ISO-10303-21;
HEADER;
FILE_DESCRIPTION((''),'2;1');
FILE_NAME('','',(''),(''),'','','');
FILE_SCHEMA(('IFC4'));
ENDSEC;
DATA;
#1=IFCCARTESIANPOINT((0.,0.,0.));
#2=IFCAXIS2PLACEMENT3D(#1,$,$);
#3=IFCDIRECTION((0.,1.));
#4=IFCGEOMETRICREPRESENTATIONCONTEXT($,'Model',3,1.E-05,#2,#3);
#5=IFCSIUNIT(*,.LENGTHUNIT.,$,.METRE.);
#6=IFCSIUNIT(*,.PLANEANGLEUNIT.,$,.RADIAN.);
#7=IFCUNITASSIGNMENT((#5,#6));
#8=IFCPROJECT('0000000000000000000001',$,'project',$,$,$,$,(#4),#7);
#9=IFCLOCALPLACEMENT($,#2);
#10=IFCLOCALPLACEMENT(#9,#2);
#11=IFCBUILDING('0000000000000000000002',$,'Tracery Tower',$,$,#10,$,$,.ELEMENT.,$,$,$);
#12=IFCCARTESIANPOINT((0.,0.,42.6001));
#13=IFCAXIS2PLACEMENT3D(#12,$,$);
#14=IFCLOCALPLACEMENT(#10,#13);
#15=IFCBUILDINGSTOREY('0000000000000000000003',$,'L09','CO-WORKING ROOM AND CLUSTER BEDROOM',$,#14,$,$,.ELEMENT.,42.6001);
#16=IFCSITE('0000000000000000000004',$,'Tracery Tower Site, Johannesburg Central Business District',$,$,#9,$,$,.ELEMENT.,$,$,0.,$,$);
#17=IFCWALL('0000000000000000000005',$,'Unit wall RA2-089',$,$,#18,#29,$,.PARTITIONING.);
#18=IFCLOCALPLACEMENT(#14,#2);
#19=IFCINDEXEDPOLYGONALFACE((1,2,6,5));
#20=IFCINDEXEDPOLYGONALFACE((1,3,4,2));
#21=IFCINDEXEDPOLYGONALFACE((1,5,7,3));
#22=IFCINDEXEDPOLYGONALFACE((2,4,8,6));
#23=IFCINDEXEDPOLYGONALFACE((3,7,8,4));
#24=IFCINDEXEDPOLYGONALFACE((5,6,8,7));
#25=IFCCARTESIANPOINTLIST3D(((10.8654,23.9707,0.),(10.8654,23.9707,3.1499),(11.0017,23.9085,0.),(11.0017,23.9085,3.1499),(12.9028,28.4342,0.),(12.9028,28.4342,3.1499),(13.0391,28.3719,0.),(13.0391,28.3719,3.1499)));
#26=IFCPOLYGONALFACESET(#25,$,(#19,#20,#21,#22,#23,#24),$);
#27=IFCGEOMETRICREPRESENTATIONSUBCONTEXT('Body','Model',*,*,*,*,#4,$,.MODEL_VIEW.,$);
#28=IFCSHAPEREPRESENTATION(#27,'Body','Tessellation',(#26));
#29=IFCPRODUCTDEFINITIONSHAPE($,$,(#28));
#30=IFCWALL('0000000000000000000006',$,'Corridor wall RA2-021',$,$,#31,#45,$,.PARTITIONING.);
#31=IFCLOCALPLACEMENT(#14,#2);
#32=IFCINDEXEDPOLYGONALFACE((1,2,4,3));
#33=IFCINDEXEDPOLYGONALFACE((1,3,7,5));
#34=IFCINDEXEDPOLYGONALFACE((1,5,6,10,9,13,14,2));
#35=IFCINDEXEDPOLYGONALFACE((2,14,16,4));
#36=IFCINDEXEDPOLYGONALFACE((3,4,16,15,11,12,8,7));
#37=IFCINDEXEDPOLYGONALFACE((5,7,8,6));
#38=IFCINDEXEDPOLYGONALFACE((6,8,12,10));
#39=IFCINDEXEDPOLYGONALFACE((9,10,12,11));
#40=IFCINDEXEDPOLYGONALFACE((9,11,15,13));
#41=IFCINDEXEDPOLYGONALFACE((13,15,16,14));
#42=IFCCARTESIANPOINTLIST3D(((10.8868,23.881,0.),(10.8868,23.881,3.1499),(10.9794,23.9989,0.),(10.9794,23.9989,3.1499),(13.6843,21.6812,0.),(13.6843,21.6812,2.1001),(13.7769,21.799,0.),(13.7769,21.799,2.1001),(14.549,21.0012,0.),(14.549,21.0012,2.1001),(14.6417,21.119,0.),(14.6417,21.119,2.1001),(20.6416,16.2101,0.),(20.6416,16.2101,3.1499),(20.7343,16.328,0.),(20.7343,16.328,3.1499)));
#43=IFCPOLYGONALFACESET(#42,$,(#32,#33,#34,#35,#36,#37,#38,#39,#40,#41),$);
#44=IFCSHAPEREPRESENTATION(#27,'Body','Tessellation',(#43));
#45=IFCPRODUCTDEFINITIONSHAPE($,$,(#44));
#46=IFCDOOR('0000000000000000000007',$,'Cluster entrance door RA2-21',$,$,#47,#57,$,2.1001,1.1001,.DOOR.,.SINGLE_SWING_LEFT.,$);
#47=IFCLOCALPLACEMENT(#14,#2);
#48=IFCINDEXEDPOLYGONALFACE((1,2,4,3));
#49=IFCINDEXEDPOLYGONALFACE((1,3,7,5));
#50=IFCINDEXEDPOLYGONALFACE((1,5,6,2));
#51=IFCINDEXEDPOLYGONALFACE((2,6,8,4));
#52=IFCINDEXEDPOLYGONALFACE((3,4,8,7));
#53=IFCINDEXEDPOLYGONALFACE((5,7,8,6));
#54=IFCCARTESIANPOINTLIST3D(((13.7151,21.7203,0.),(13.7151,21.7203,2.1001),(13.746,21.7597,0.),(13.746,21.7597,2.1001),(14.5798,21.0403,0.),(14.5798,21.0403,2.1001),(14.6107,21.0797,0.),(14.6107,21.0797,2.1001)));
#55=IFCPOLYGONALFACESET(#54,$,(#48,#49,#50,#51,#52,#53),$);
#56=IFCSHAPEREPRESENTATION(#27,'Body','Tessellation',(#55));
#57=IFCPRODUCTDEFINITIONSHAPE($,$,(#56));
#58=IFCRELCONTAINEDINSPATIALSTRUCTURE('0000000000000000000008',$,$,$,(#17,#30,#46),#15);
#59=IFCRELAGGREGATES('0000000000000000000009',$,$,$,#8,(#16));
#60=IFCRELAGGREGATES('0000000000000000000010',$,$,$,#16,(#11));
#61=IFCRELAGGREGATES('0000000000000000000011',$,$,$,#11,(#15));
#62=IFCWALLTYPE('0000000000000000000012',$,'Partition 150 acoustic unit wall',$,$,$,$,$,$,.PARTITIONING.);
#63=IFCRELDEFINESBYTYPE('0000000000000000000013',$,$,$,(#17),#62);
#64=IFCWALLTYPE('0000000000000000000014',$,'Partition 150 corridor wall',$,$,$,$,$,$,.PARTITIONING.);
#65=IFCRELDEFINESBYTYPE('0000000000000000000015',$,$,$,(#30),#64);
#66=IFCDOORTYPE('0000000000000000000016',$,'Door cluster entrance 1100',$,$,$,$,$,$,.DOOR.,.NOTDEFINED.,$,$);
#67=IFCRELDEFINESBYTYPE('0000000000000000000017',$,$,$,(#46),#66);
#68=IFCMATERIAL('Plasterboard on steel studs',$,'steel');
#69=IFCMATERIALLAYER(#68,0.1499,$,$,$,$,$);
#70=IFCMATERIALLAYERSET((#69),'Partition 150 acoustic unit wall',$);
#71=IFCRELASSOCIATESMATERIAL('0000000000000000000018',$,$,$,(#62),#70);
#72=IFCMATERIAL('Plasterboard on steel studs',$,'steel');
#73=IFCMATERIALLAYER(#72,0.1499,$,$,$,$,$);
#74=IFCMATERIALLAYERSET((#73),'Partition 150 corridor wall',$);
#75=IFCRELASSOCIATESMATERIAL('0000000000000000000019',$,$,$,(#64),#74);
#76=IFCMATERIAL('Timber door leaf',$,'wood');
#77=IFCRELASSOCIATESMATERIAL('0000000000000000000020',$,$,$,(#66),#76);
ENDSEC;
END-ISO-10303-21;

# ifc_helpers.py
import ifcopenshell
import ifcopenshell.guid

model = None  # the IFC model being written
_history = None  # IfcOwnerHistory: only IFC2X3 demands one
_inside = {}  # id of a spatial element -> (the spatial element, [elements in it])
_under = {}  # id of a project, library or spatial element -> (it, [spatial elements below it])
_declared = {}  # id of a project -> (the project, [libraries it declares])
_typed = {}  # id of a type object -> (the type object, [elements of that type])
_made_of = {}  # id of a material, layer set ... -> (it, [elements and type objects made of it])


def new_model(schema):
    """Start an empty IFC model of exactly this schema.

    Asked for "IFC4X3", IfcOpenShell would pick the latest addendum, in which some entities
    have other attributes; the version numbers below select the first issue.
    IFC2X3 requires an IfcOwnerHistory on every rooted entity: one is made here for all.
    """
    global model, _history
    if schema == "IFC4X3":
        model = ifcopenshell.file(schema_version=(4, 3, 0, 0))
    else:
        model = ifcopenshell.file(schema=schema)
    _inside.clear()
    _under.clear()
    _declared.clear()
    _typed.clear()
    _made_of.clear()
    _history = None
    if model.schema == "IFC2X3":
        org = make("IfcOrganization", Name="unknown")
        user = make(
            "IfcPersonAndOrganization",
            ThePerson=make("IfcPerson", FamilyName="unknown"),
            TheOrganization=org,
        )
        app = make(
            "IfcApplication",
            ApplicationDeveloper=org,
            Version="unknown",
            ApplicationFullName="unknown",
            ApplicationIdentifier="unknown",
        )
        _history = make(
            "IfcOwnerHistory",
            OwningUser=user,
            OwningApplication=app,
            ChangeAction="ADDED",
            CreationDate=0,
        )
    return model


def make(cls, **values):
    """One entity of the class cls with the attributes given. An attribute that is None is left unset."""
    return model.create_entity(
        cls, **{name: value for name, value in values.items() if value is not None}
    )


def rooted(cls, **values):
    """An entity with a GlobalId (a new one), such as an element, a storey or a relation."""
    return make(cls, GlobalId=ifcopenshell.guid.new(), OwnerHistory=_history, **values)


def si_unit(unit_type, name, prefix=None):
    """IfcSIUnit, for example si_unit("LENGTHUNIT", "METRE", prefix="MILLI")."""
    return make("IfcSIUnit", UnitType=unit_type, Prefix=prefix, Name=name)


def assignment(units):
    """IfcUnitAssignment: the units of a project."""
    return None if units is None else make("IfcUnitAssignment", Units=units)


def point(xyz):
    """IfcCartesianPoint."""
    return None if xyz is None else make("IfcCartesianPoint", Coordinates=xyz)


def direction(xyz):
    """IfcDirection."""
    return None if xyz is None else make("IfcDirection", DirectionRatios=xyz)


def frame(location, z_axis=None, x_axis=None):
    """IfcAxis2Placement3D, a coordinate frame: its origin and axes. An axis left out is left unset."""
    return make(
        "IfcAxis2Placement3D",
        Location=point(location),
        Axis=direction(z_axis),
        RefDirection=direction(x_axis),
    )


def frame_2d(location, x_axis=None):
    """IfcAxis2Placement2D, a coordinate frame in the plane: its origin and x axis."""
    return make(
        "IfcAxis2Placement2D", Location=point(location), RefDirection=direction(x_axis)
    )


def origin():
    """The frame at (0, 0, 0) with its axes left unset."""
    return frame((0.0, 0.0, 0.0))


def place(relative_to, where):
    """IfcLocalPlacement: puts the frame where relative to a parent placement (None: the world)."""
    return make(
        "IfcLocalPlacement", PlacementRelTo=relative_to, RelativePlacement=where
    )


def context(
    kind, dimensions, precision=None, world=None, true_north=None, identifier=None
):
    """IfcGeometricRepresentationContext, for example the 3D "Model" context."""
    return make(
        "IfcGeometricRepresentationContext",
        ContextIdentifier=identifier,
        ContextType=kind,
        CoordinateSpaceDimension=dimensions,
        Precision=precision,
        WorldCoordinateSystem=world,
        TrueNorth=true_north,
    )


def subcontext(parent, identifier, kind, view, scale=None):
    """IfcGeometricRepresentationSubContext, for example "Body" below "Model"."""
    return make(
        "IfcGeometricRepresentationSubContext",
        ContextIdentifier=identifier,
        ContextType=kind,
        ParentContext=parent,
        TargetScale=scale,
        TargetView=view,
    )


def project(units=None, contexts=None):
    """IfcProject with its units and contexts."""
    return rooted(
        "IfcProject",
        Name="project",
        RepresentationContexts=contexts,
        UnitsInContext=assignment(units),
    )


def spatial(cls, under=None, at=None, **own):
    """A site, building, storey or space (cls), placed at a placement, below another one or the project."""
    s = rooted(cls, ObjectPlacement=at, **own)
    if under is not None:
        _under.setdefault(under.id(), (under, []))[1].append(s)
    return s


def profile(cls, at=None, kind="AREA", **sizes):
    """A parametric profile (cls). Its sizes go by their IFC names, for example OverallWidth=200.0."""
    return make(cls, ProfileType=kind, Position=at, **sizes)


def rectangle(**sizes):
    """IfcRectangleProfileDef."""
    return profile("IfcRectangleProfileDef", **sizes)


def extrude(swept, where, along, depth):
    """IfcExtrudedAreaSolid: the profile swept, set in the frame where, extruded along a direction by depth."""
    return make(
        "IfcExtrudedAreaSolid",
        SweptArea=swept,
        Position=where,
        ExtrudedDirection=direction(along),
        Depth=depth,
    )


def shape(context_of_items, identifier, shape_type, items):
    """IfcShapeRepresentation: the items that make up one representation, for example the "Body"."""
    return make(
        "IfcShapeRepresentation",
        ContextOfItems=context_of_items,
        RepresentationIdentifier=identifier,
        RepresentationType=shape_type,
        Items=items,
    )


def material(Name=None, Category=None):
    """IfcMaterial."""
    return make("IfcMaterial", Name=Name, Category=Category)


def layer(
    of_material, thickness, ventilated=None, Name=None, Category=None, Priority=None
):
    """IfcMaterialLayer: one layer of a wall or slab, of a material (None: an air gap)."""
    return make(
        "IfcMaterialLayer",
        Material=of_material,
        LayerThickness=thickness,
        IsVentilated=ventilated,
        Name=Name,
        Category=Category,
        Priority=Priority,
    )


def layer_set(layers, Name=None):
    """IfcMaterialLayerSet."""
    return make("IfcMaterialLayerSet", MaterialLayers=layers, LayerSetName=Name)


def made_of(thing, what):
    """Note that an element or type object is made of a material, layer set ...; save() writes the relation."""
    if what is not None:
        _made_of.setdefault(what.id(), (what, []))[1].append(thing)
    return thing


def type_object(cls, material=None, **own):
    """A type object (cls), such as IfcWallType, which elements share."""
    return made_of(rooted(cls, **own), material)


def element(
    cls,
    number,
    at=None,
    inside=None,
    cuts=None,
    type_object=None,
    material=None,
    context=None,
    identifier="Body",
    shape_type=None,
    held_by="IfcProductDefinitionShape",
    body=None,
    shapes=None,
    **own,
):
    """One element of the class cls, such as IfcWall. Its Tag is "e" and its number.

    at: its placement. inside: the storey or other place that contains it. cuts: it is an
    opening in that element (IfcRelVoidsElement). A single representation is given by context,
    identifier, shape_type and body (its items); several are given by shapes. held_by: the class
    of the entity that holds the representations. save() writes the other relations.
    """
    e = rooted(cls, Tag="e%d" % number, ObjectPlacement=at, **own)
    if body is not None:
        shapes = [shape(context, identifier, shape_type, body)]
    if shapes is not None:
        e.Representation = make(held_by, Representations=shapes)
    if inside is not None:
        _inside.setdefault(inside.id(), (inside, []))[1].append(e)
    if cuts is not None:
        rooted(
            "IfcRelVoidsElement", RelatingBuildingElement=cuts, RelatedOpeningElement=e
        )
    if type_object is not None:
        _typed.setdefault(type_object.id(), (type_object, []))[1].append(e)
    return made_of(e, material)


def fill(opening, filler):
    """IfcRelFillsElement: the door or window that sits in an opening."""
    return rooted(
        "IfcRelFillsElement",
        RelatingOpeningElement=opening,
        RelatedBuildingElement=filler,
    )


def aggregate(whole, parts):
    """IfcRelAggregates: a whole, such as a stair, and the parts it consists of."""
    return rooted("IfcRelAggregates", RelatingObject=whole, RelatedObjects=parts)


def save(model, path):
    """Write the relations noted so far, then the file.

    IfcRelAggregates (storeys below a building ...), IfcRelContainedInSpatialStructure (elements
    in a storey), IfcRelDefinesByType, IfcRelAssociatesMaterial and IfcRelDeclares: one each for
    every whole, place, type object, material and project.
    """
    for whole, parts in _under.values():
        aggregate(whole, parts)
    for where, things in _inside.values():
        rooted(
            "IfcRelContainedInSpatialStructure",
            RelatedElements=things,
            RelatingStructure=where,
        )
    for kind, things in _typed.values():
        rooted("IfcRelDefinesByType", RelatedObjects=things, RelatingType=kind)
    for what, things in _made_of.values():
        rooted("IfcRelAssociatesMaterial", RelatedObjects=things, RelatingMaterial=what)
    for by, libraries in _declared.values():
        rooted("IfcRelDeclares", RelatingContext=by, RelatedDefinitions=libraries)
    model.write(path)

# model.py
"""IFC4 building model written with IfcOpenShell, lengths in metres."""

from ifc_helpers import new_model, si_unit, direction, frame, frame_2d, origin, place, context, subcontext, project, spatial, rectangle, extrude, material, layer, layer_set, type_object, element, fill, save


model = new_model("IFC4")

# Units and contexts
model_context = context("Model", 3, precision=1e-05, world=origin(), true_north=direction((0.0, 1.0)))
body_context = subcontext(model_context, "Body", "Model", "MODEL_VIEW")
ifc_project = project(units=[si_unit("LENGTHUNIT", "METRE"), si_unit("PLANEANGLEUNIT", "RADIAN")], contexts=[model_context])

# Site, building, storey
site_placement = place(None, origin())
site = spatial("IfcSite", under=ifc_project, at=site_placement, Name="Tracery Tower Site, Johannesburg Central Business District", CompositionType="ELEMENT", RefElevation=0.0)
building_placement = place(site_placement, origin())
building = spatial("IfcBuilding", under=site, at=building_placement, Name="Tracery Tower", CompositionType="ELEMENT")
storey_placement = place(building_placement, frame((0.0, 0.0, 42.6001)))
storey = spatial("IfcBuildingStorey", under=building, at=storey_placement, Name="L09", Description="CO-WORKING ROOM AND CLUSTER BEDROOM", CompositionType="ELEMENT", Elevation=42.6001)

# Wall
ifc_material_1 = material(Name="Plasterboard on steel studs", Category="steel")
ifc_layer_1 = layer(ifc_material_1, 0.1499)
ifc_layer_set_1 = layer_set([ifc_layer_1], Name="Partition 150 acoustic unit wall")
wall_type_1 = type_object("IfcWallType", Name="Partition 150 acoustic unit wall", PredefinedType="PARTITIONING", material=ifc_layer_set_1)
wall_1_placement = place(storey_placement, frame((10.9336, 23.9397, 0.0), z_axis=(0.0, 0.0, 1.0), x_axis=(0.415246, 0.909709, 0.0)))
element("IfcWall", 1, at=wall_1_placement, inside=storey, type_object=wall_type_1, Name="Unit wall RA2-089", PredefinedType="PARTITIONING", context=body_context, shape_type="SweptSolid", body=[
    extrude(rectangle(XDim=4.9065, YDim=0.1499, at=frame_2d((2.4531, 0.0))), origin(), (0.0, 0.0, 1.0), 3.1499),
])

# Wall, opening, door
ifc_material_2 = material(Name="Plasterboard on steel studs", Category="steel")
ifc_layer_2 = layer(ifc_material_2, 0.1499)
ifc_layer_set_2 = layer_set([ifc_layer_2], Name="Partition 150 corridor wall")
wall_type_2 = type_object("IfcWallType", Name="Partition 150 corridor wall", PredefinedType="PARTITIONING", material=ifc_layer_set_2)
wall_2_placement = place(storey_placement, frame((10.9331, 23.9399, 0.0), z_axis=(0.0, 0.0, 1.0), x_axis=(0.78607, -0.618138, 0.0)))
wall_2 = element("IfcWall", 2, at=wall_2_placement, inside=storey, type_object=wall_type_2, Name="Corridor wall RA2-021", PredefinedType="PARTITIONING", context=body_context, shape_type="SweptSolid", body=[
    extrude(rectangle(XDim=12.4097, YDim=0.1499, at=frame_2d((6.2048, 0.0))), origin(), (0.0, 0.0, 1.0), 3.1499),
])
opening_1_placement = place(wall_2_placement, frame((3.5588, 0.0, 0.0)))
opening_1 = element("IfcOpeningElement", 3, at=opening_1_placement, cuts=wall_2, PredefinedType="OPENING", context=body_context, shape_type="SweptSolid", body=[
    extrude(rectangle(XDim=1.1001, YDim=2.1001, at=frame_2d((0.55, 1.05))), frame((0.0, 0.075, 0.0), z_axis=(0.0, -1.0, 0.0), x_axis=(1.0, 0.0, 0.0)), (0.0, 0.0, 1.0), 0.1499),
])
ifc_material_3 = material(Name="Timber door leaf", Category="wood")
door_type_1 = type_object("IfcDoorType", Name="Door cluster entrance 1100", OperationType="NOTDEFINED", PredefinedType="DOOR", material=ifc_material_3)
door_1_placement = place(opening_1_placement, origin())
door_1 = element("IfcDoor", 4, at=door_1_placement, inside=storey, type_object=door_type_1, Name="Cluster entrance door RA2-21", OperationType="SINGLE_SWING_LEFT", OverallHeight=2.1001, OverallWidth=1.1001, PredefinedType="DOOR", context=body_context, shape_type="SweptSolid", body=[
    extrude(rectangle(XDim=1.1001, YDim=2.1001, at=frame_2d((0.55, 1.05))), frame((0.0, 0.0249, 0.0), z_axis=(0.0, -1.0, 0.0), x_axis=(1.0, 0.0, 0.0)), (0.0, 0.0, 1.0), 0.05),
])
fill(opening_1, door_1)

save(model, "model.ifc")
